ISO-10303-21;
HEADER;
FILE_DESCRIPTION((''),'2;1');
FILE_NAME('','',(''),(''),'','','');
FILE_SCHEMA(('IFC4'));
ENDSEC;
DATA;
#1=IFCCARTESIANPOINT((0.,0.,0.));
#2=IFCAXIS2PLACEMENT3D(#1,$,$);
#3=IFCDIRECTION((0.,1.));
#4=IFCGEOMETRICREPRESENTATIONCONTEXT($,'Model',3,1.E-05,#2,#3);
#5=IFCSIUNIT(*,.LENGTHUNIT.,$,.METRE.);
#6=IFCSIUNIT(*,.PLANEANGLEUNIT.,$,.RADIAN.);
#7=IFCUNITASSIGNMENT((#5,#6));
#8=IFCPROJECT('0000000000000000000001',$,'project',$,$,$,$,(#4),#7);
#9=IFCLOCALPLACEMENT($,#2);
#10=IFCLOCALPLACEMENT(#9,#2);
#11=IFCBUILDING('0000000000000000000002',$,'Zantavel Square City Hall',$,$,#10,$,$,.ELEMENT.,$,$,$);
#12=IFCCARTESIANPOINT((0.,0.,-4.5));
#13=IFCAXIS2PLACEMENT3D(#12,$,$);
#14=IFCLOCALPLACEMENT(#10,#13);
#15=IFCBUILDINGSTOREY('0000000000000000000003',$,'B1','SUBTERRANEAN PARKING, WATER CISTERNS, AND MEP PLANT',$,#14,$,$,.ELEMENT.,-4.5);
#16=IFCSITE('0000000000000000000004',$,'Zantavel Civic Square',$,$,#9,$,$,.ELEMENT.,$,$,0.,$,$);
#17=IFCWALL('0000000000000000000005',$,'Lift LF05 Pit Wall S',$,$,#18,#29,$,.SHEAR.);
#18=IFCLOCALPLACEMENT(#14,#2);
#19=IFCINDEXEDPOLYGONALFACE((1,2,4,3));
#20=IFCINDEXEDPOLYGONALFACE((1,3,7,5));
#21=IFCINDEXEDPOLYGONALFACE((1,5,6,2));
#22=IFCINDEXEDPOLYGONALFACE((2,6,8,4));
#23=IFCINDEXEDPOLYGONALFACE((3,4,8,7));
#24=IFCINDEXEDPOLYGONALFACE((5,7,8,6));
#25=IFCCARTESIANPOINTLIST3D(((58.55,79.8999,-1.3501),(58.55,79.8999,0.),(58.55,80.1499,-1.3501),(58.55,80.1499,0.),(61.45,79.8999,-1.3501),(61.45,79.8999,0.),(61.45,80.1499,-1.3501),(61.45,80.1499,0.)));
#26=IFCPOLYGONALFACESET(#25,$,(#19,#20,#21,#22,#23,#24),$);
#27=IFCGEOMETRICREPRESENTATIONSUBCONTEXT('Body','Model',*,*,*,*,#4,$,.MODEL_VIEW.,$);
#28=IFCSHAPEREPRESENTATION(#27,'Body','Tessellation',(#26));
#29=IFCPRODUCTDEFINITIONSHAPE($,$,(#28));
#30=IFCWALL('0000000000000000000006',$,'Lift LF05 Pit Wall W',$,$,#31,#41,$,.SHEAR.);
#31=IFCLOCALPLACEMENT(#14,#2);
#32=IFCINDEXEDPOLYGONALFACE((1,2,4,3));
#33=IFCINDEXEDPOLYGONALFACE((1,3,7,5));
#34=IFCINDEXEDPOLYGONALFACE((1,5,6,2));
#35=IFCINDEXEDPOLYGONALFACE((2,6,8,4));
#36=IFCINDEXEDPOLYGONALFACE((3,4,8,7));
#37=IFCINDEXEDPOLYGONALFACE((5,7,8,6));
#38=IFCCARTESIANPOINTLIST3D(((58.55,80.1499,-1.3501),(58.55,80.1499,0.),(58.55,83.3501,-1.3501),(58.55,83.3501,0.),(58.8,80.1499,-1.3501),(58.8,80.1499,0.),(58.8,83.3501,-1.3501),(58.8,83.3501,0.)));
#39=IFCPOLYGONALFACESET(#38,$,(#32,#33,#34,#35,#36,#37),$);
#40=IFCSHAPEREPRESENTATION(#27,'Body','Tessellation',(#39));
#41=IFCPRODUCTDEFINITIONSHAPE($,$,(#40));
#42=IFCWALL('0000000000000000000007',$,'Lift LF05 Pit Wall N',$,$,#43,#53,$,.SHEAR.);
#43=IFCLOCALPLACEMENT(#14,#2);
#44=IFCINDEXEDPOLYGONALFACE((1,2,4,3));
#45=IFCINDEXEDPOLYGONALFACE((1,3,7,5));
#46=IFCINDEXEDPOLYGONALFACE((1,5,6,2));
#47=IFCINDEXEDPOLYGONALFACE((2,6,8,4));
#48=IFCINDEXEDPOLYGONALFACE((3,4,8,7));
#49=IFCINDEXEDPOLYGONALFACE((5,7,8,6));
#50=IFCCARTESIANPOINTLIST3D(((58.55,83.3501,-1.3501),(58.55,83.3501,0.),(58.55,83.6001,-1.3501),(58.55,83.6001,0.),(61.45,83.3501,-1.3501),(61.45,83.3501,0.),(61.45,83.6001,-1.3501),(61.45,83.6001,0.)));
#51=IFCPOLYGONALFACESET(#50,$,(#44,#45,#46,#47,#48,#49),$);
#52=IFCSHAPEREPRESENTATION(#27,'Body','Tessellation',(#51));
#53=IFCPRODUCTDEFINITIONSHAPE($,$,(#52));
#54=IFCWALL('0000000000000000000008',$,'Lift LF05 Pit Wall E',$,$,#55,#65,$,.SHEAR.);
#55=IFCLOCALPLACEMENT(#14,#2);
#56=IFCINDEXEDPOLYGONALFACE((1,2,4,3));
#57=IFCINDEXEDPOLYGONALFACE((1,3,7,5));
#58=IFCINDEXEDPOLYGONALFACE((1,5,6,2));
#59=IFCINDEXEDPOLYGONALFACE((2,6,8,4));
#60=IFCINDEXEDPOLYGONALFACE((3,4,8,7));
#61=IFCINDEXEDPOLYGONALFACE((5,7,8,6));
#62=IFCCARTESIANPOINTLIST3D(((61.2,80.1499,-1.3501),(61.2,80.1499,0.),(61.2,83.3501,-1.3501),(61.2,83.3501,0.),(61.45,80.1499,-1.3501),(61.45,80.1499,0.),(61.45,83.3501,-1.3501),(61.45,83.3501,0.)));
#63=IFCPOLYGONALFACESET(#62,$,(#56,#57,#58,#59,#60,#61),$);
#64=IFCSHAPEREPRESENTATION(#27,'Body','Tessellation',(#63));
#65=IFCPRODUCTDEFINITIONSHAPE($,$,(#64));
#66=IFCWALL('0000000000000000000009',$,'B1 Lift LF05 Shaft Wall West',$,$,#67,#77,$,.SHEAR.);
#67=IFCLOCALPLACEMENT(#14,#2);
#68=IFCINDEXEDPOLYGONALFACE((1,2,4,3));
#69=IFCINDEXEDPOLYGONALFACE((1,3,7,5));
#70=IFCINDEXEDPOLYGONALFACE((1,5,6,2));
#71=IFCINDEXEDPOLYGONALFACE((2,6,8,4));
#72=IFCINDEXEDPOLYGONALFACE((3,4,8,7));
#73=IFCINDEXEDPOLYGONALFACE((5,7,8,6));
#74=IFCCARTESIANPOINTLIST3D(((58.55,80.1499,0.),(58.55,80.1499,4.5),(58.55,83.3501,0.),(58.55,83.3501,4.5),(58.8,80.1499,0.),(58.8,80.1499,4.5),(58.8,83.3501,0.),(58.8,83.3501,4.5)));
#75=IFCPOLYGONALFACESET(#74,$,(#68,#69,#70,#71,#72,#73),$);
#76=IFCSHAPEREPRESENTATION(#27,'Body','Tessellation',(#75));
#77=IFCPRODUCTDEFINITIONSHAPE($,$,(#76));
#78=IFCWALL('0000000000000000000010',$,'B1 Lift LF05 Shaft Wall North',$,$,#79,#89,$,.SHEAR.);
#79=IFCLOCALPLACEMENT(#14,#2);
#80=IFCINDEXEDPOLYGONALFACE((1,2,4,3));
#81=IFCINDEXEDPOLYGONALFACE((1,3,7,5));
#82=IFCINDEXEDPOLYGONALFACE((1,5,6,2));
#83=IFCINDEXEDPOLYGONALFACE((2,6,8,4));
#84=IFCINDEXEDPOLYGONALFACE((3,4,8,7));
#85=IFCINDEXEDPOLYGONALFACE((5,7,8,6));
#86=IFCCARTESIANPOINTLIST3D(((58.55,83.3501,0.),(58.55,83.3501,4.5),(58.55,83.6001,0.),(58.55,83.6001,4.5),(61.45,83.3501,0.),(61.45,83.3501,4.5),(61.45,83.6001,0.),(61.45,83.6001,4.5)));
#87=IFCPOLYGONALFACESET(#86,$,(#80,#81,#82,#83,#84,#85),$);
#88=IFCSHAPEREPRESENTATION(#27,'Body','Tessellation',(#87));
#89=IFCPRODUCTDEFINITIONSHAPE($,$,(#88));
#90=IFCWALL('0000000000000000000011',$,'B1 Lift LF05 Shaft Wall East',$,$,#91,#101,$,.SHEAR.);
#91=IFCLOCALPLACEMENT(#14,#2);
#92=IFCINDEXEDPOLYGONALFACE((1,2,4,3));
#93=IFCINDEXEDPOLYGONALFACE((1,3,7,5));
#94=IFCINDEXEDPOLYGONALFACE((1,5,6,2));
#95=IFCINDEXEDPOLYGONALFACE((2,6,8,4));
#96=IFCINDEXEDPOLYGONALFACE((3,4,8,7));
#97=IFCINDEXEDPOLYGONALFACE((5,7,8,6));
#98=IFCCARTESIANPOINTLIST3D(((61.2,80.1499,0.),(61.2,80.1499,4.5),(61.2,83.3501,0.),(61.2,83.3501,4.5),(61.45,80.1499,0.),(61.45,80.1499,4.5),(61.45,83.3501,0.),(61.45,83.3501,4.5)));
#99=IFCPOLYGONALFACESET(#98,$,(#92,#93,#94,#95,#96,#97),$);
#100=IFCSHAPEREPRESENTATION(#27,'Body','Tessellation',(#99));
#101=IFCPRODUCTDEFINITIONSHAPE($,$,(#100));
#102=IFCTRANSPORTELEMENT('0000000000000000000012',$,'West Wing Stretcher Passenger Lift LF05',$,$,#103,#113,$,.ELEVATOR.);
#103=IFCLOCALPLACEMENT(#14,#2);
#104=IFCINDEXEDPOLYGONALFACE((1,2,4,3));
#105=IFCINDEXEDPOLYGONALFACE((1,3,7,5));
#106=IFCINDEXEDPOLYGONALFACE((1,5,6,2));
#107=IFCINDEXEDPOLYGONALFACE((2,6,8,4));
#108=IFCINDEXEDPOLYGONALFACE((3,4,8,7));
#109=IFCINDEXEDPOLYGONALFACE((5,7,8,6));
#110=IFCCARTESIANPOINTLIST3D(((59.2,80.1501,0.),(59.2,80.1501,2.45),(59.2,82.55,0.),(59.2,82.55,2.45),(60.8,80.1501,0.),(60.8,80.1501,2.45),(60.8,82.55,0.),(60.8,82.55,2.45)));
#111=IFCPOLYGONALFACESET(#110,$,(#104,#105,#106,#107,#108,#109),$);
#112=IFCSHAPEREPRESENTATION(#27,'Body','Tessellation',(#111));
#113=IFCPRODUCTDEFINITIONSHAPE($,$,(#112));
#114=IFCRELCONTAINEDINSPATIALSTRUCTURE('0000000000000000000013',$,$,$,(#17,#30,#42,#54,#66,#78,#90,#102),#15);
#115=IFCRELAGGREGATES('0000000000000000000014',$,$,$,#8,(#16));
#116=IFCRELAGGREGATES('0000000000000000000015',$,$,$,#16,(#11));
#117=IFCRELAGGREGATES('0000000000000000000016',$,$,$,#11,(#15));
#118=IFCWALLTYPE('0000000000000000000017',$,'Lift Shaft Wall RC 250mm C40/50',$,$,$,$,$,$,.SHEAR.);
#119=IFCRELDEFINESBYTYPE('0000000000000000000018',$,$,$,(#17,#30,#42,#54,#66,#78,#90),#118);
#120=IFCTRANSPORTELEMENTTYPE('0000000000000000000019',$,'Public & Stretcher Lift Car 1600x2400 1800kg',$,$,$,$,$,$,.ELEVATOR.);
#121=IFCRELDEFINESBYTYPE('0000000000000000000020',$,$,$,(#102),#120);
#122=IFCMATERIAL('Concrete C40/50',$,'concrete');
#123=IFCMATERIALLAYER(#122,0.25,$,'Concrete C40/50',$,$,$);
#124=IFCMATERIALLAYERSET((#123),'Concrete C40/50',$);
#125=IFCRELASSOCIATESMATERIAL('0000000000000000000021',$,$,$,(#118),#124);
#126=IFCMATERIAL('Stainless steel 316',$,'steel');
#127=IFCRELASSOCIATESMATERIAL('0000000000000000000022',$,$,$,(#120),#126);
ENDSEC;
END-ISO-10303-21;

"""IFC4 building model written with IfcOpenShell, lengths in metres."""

from ifc_helpers import new_model, si_unit, direction, frame, frame_2d, origin, origin_2d, place, context, subcontext, project, spatial, rectangle, extrude, material, layer, layer_set, type_object, element, save


model = new_model("IFC4")

# Units and contexts
model_context = context("Model", 3, precision=1e-05, world=origin(), true_north=direction((0.0, 1.0)))
body_context = subcontext(model_context, "Body", "Model", "MODEL_VIEW")
ifc_project = project(units=[si_unit("LENGTHUNIT", "METRE"), si_unit("PLANEANGLEUNIT", "RADIAN")], contexts=[model_context])

# Site, building, storey
site_placement = place(None, origin())
site = spatial("IfcSite", under=ifc_project, at=site_placement, Name="Zantavel Civic Square", CompositionType="ELEMENT", RefElevation=0.0)
building_placement = place(site_placement, origin())
building = spatial("IfcBuilding", under=site, at=building_placement, Name="Zantavel Square City Hall", CompositionType="ELEMENT")
storey_placement = place(building_placement, frame((0.0, 0.0, -4.5)))
storey = spatial("IfcBuildingStorey", under=building, at=storey_placement, Name="B1", Description="SUBTERRANEAN PARKING, WATER CISTERNS, AND MEP PLANT", CompositionType="ELEMENT", Elevation=-4.5)

# Shared definitions
ifc_material_1 = material(Name="Concrete C40/50", Category="concrete")

# Walls
ifc_layer_1 = layer(ifc_material_1, 0.25, Name="Concrete C40/50")
ifc_layer_set_1 = layer_set([ifc_layer_1], Name="Concrete C40/50")
wall_type_1 = type_object("IfcWallType", Name="Lift Shaft Wall RC 250mm C40/50", PredefinedType="SHEAR", material=ifc_layer_set_1)
wall_1_placement = place(storey_placement, frame((61.45, 80.0249, -1.3501), z_axis=(0.0, 0.0, 1.0), x_axis=(-1.0, 0.0, 0.0)))
element("IfcWall", 1, at=wall_1_placement, inside=storey, type_object=wall_type_1, Name="Lift LF05 Pit Wall S", PredefinedType="SHEAR", context=body_context, shape_type="SweptSolid", body=[
    extrude(rectangle(XDim=2.8999, YDim=0.25, at=frame_2d((1.45, 0.0))), origin(), (0.0, 0.0, 1.0), 1.3501),
])
wall_2_placement = place(storey_placement, frame((58.675, 80.1499, -1.3501), z_axis=(0.0, 0.0, 1.0), x_axis=(0.0, 1.0, 0.0)))
element("IfcWall", 2, at=wall_2_placement, inside=storey, type_object=wall_type_1, Name="Lift LF05 Pit Wall W", PredefinedType="SHEAR", context=body_context, shape_type="SweptSolid", body=[
    extrude(rectangle(XDim=3.2002, YDim=0.25, at=frame_2d((1.6001, 0.0))), origin(), (0.0, 0.0, 1.0), 1.3501),
])
wall_3_placement = place(storey_placement, frame((58.55, 83.4751, -1.3501), z_axis=(0.0, 0.0, 1.0), x_axis=(1.0, 0.0, 0.0)))
element("IfcWall", 3, at=wall_3_placement, inside=storey, type_object=wall_type_1, Name="Lift LF05 Pit Wall N", PredefinedType="SHEAR", context=body_context, shape_type="SweptSolid", body=[
    extrude(rectangle(XDim=2.8999, YDim=0.25, at=frame_2d((1.45, 0.0))), origin(), (0.0, 0.0, 1.0), 1.3501),
])
wall_4_placement = place(storey_placement, frame((61.325, 83.3501, -1.3501), z_axis=(0.0, 0.0, 1.0), x_axis=(0.0, -1.0, 0.0)))
element("IfcWall", 4, at=wall_4_placement, inside=storey, type_object=wall_type_1, Name="Lift LF05 Pit Wall E", PredefinedType="SHEAR", context=body_context, shape_type="SweptSolid", body=[
    extrude(rectangle(XDim=3.2002, YDim=0.25, at=frame_2d((1.6001, 0.0))), origin(), (0.0, 0.0, 1.0), 1.3501),
])

# Shared definitions
ifc_material_2 = material(Name="Stainless steel 316", Category="steel")

# Walls
wall_5_placement = place(storey_placement, frame((58.675, 80.1499, 0.0), z_axis=(0.0, 0.0, 1.0), x_axis=(0.0, 1.0, 0.0)))
element("IfcWall", 5, at=wall_5_placement, inside=storey, type_object=wall_type_1, Name="B1 Lift LF05 Shaft Wall West", PredefinedType="SHEAR", context=body_context, shape_type="SweptSolid", body=[
    extrude(rectangle(XDim=3.2002, YDim=0.25, at=frame_2d((1.6001, 0.0))), origin(), (0.0, 0.0, 1.0), 4.5),
])
wall_6_placement = place(storey_placement, frame((58.55, 83.4751, 0.0), z_axis=(0.0, 0.0, 1.0), x_axis=(1.0, 0.0, 0.0)))
element("IfcWall", 6, at=wall_6_placement, inside=storey, type_object=wall_type_1, Name="B1 Lift LF05 Shaft Wall North", PredefinedType="SHEAR", context=body_context, shape_type="SweptSolid", body=[
    extrude(rectangle(XDim=2.8999, YDim=0.25, at=frame_2d((1.45, 0.0))), origin(), (0.0, 0.0, 1.0), 4.5),
])
wall_7_placement = place(storey_placement, frame((61.325, 83.3501, 0.0), z_axis=(0.0, 0.0, 1.0), x_axis=(0.0, -1.0, 0.0)))
element("IfcWall", 7, at=wall_7_placement, inside=storey, type_object=wall_type_1, Name="B1 Lift LF05 Shaft Wall East", PredefinedType="SHEAR", context=body_context, shape_type="SweptSolid", body=[
    extrude(rectangle(XDim=3.2002, YDim=0.25, at=frame_2d((1.6001, 0.0))), origin(), (0.0, 0.0, 1.0), 4.5),
])

# Transport element
transport_element_type = type_object("IfcTransportElementType", Name="Public & Stretcher Lift Car 1600x2400 1800kg", PredefinedType="ELEVATOR", material=ifc_material_2)
transport_element_placement = place(storey_placement, frame((60.0, 81.3501, 0.0), z_axis=(0.0, 0.0, 1.0), x_axis=(1.0, 0.0, 0.0)))
element("IfcTransportElement", 8, at=transport_element_placement, inside=storey, type_object=transport_element_type, Name="West Wing Stretcher Passenger Lift LF05", PredefinedType="ELEVATOR", context=body_context, shape_type="SweptSolid", body=[
    extrude(rectangle(XDim=1.6001, YDim=2.3999, at=origin_2d()), origin(), (0.0, 0.0, 1.0), 2.45),
])

save(model, "model.ifc")
